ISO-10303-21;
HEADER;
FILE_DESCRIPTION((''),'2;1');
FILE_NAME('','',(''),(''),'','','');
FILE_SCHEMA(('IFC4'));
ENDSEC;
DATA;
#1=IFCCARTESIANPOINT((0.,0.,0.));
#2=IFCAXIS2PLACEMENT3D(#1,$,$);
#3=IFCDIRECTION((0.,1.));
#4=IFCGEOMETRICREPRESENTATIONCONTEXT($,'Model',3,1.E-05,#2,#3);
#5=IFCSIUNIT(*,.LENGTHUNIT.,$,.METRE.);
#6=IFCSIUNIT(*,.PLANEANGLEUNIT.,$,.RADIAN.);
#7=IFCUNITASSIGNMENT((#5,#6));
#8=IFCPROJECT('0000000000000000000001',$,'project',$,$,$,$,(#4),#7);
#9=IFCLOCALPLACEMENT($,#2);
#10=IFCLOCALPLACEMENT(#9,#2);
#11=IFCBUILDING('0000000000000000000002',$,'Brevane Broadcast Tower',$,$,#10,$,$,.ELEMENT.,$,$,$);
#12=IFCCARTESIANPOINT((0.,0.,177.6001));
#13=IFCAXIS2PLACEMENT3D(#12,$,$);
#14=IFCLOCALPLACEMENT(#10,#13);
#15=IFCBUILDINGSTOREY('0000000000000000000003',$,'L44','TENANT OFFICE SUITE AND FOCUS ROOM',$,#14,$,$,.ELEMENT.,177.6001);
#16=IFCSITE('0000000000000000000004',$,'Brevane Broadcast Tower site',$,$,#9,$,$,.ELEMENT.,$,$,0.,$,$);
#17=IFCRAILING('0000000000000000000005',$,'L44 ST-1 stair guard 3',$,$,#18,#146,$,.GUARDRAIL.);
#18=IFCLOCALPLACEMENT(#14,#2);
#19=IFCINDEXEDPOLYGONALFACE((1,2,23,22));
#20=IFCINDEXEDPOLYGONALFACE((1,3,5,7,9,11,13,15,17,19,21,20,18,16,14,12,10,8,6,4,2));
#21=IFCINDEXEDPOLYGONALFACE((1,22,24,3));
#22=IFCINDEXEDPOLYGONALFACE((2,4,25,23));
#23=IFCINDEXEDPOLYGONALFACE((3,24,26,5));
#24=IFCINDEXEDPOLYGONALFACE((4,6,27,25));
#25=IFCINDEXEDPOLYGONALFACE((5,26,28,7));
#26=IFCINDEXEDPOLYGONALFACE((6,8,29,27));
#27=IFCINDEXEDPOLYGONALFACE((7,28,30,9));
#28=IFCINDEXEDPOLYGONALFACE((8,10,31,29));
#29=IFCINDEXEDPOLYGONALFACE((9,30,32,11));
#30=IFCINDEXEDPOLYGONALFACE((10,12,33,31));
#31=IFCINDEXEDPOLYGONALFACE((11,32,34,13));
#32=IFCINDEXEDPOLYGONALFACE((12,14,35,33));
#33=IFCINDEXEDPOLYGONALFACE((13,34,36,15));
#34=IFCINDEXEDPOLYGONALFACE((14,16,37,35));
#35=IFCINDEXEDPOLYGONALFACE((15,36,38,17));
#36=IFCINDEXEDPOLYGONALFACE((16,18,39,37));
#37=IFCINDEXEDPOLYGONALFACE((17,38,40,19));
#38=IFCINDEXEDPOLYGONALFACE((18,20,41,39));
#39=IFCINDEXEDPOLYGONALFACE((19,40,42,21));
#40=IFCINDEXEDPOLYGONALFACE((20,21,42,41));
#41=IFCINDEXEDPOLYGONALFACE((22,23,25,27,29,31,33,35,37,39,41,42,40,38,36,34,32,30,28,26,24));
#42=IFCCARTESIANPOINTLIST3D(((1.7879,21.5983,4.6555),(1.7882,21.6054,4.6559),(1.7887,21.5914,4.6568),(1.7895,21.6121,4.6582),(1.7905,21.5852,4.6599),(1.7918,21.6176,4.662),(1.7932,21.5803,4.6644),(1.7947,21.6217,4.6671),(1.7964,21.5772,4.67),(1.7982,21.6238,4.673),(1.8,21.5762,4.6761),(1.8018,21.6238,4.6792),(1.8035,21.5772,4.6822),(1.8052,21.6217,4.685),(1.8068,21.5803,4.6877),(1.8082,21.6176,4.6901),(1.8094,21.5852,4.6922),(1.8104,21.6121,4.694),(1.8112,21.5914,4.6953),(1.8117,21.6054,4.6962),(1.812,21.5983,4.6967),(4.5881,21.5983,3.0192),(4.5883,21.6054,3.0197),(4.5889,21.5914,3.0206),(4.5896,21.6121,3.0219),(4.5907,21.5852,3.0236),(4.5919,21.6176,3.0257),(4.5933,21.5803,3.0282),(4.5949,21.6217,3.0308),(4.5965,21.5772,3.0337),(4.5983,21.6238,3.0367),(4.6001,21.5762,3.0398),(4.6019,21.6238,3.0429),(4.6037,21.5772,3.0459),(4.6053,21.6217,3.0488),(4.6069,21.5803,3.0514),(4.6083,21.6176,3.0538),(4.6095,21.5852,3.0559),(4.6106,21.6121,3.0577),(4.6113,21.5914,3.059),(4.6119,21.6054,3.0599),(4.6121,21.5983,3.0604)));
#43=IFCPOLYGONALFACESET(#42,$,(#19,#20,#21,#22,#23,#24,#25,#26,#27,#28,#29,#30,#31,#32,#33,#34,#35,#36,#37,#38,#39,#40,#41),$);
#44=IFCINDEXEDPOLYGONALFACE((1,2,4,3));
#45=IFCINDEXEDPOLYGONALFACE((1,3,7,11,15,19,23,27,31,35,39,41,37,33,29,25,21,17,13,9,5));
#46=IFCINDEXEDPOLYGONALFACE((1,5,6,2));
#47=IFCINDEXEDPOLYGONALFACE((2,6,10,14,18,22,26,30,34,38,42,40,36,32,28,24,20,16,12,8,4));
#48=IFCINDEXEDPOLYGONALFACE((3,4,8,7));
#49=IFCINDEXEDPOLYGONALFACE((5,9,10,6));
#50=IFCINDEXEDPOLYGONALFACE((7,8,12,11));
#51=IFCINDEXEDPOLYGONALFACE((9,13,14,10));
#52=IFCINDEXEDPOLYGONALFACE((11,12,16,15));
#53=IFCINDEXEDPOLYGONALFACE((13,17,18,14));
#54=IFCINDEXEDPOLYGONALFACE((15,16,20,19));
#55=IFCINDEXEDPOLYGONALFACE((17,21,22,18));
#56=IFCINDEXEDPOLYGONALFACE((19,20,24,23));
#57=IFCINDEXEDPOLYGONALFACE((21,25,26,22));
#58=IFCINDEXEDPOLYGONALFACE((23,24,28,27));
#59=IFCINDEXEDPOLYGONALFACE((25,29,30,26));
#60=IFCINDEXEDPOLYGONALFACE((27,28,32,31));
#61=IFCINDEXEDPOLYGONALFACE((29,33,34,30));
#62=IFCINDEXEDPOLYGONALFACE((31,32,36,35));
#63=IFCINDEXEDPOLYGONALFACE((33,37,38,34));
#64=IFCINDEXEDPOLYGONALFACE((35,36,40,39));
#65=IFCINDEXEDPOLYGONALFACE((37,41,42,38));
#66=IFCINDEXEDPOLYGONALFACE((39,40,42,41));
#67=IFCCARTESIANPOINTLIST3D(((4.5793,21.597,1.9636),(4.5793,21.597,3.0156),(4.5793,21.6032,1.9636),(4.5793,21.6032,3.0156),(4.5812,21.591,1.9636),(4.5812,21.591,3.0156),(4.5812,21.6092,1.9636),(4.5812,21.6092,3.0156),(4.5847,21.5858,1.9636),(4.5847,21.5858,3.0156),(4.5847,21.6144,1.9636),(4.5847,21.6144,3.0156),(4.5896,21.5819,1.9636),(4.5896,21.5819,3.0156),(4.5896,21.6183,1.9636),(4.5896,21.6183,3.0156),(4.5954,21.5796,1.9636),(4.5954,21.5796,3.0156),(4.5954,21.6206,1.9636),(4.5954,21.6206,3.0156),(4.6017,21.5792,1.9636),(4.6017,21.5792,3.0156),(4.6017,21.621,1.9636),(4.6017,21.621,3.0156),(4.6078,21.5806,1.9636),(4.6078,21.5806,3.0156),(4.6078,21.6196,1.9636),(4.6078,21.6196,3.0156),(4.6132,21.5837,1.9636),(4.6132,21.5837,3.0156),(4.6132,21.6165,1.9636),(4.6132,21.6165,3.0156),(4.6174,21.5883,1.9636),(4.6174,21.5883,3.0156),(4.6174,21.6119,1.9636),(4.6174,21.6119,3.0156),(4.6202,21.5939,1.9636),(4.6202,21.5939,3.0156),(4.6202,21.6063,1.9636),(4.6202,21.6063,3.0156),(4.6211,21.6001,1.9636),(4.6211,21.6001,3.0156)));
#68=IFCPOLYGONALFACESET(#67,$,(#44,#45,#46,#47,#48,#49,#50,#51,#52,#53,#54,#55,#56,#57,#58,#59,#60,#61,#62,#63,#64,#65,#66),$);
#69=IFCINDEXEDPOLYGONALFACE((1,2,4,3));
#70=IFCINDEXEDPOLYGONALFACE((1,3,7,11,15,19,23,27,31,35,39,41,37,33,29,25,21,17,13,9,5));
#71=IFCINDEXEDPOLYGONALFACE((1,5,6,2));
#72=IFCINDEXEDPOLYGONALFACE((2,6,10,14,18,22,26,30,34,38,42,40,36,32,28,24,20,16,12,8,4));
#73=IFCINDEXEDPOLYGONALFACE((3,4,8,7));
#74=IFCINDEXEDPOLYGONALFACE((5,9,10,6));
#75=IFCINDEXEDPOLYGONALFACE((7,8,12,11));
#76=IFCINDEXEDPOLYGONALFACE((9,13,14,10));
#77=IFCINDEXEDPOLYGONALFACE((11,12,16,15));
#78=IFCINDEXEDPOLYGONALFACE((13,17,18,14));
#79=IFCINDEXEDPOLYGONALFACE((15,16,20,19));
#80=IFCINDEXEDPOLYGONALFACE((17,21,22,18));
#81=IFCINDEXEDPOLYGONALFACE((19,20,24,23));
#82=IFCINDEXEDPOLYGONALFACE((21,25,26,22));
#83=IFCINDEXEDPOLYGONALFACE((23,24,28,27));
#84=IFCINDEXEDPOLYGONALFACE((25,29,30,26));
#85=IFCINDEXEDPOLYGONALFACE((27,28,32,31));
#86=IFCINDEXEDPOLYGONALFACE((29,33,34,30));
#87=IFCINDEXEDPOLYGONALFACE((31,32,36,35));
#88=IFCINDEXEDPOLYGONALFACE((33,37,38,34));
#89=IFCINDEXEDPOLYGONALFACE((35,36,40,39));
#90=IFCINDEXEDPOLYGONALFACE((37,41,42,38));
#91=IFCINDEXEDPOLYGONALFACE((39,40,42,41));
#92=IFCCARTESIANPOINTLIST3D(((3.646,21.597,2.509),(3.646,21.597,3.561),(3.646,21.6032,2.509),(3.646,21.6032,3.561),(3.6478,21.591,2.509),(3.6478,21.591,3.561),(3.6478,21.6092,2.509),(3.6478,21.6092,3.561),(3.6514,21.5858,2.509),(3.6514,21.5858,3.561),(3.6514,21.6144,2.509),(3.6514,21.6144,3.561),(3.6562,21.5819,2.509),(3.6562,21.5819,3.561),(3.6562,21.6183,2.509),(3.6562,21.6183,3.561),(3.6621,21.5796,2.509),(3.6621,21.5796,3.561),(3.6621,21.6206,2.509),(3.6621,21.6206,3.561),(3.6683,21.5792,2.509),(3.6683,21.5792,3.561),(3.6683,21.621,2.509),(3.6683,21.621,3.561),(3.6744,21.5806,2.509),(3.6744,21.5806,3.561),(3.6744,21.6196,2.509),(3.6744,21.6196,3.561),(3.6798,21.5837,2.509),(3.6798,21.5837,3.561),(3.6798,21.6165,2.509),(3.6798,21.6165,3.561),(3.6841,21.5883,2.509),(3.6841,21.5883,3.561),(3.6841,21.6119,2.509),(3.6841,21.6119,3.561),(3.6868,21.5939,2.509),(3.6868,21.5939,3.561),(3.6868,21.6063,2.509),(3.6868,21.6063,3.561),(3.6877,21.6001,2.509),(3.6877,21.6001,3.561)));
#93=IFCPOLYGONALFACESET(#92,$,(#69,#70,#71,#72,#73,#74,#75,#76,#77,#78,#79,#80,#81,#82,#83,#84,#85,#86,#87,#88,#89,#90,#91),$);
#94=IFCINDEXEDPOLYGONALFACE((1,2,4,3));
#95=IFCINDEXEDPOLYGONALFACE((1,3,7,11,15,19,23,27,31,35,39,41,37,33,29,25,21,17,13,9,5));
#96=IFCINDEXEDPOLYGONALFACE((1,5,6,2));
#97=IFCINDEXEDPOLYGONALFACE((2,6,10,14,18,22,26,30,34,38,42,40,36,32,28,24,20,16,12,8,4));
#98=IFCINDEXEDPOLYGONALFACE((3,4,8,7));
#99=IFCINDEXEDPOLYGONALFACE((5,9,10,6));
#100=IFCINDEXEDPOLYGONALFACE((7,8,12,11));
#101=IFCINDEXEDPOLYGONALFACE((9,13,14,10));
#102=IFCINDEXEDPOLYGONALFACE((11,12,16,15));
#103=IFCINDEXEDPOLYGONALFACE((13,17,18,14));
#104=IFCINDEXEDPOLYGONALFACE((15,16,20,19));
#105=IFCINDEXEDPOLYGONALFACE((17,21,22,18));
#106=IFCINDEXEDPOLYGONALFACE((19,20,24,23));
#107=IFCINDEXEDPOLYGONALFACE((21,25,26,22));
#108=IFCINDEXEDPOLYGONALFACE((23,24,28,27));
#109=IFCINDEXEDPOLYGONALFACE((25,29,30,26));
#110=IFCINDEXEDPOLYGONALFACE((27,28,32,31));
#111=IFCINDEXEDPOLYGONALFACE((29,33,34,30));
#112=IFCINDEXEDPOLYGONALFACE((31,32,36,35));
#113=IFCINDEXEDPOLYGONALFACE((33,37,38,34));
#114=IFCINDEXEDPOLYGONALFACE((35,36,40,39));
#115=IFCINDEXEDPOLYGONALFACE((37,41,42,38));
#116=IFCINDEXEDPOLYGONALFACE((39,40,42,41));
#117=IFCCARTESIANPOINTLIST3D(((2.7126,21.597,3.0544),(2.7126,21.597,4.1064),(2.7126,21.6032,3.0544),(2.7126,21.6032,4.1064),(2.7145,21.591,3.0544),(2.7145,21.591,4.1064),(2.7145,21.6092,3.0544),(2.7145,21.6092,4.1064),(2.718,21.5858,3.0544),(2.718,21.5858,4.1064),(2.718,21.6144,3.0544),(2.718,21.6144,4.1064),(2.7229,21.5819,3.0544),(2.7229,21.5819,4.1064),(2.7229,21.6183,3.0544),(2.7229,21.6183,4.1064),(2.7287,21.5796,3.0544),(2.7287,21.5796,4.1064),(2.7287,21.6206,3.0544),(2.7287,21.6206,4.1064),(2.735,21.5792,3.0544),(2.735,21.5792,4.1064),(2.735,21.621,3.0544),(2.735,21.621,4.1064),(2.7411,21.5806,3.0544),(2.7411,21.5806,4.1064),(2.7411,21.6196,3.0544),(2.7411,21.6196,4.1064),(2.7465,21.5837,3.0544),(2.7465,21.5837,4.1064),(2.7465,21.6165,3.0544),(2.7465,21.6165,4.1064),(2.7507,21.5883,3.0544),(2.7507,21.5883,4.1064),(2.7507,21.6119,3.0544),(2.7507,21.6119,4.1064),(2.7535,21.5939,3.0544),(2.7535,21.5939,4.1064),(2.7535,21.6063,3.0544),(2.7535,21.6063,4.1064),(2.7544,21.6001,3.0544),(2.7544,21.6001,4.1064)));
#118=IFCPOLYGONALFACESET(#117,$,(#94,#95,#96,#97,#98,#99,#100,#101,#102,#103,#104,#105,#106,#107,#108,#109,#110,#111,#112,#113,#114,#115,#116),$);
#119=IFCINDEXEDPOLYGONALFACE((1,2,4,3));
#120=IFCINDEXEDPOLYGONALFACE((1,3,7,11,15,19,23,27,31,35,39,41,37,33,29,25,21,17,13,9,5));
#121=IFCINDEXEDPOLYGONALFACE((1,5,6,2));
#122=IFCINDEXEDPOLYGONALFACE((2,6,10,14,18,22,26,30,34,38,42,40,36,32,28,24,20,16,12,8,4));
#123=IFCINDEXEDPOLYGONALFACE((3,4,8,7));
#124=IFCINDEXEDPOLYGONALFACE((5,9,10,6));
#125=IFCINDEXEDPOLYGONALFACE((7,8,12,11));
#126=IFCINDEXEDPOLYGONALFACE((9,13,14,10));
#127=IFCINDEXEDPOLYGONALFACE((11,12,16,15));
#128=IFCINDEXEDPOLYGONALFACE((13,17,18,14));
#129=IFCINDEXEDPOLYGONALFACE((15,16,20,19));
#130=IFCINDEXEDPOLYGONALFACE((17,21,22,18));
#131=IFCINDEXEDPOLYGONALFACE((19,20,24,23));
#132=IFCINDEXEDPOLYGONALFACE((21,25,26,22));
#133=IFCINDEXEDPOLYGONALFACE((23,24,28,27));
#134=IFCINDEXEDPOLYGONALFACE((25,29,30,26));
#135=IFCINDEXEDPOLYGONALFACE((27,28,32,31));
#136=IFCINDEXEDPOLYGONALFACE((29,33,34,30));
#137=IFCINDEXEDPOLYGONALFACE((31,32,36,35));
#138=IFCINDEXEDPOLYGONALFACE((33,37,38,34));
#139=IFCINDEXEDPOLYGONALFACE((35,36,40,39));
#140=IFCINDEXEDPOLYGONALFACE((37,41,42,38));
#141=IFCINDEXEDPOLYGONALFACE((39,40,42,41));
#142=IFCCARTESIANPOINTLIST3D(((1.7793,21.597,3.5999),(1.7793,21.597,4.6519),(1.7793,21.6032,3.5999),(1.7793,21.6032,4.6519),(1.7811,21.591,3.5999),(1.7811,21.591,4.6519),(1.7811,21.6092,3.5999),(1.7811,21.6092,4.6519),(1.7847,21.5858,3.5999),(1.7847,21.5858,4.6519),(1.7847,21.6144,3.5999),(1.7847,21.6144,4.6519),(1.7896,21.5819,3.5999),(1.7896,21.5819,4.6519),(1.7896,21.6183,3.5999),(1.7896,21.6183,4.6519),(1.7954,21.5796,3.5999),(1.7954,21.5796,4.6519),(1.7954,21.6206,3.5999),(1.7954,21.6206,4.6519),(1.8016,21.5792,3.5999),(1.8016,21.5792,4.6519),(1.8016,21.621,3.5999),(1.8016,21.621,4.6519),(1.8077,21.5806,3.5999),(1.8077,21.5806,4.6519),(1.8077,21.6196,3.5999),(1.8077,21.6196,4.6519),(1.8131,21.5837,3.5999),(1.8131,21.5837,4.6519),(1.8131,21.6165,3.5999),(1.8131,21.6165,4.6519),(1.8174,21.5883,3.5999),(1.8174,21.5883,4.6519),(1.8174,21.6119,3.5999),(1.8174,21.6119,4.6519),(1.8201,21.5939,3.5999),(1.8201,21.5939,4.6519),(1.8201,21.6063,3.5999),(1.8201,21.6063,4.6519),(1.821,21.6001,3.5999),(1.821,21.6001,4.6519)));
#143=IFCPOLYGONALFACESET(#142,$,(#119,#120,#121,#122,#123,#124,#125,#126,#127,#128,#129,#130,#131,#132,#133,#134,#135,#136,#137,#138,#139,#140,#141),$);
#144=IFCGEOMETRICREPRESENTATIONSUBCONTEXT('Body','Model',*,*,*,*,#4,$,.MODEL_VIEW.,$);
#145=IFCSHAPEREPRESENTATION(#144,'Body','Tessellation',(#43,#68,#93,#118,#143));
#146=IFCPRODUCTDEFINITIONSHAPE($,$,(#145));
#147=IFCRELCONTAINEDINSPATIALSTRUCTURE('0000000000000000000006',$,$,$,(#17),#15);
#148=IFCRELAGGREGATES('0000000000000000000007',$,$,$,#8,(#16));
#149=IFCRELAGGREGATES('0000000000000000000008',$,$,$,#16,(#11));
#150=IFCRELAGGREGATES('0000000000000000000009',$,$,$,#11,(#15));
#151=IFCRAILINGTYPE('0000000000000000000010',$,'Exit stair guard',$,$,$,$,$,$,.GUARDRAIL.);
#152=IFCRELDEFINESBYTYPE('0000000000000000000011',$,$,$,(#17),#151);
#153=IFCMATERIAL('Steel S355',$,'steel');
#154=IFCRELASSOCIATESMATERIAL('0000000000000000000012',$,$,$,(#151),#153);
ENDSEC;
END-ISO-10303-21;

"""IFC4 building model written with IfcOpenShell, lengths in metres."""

from ifc_helpers import new_model, si_unit, direction, frame, origin, origin_2d, place, context, subcontext, project, spatial, circle, extrude, material, type_object, element, save


model = new_model("IFC4")

# Units and contexts
model_context = context("Model", 3, precision=1e-05, world=origin(), true_north=direction((0.0, 1.0)))
body_context = subcontext(model_context, "Body", "Model", "MODEL_VIEW")
ifc_project = project(units=[si_unit("LENGTHUNIT", "METRE"), si_unit("PLANEANGLEUNIT", "RADIAN")], contexts=[model_context])

# Site, building, storey
site_placement = place(None, origin())
site = spatial("IfcSite", under=ifc_project, at=site_placement, Name="Brevane Broadcast Tower site", CompositionType="ELEMENT", RefElevation=0.0)
building_placement = place(site_placement, origin())
building = spatial("IfcBuilding", under=site, at=building_placement, Name="Brevane Broadcast Tower", CompositionType="ELEMENT")
storey_placement = place(building_placement, frame((0.0, 0.0, 177.6001)))
storey = spatial("IfcBuildingStorey", under=building, at=storey_placement, Name="L44", Description="TENANT OFFICE SUITE AND FOCUS ROOM", CompositionType="ELEMENT", Elevation=177.6001)

# Railing
ifc_material_1 = material(Name="Steel S355", Category="steel")
railing_type_1 = type_object("IfcRailingType", Name="Exit stair guard", PredefinedType="GUARDRAIL", material=ifc_material_1)
railing_1_placement = place(storey_placement, frame((4.6001, 21.6001, 1.9636)))
element("IfcRailing", 1, at=railing_1_placement, inside=storey, type_object=railing_type_1, Name="L44 ST-1 stair guard 3", PredefinedType="GUARDRAIL", context=body_context, shape_type="SweptSolid", body=[
    extrude(circle(Radius=0.0239, at=origin_2d()), frame((0.0, 0.0, 1.0762), z_axis=(-0.863394, 0.0, 0.504531), x_axis=(0.0, -1.0, 0.0)), (0.0, 0.0, 1.0), 3.2432),
    extrude(circle(Radius=0.021, at=origin_2d()), origin(), (0.0, 0.0, 1.0), 1.052),
    extrude(circle(Radius=0.021, at=origin_2d()), frame((-0.9333, 0.0, 0.5454)), (0.0, 0.0, 1.0), 1.052),
    extrude(circle(Radius=0.021, at=origin_2d()), frame((-1.8667, 0.0, 1.0908)), (0.0, 0.0, 1.0), 1.052),
    extrude(circle(Radius=0.021, at=origin_2d()), frame((-2.8, 0.0, 1.6362)), (0.0, 0.0, 1.0), 1.052),
])

save(model, "model.ifc")
